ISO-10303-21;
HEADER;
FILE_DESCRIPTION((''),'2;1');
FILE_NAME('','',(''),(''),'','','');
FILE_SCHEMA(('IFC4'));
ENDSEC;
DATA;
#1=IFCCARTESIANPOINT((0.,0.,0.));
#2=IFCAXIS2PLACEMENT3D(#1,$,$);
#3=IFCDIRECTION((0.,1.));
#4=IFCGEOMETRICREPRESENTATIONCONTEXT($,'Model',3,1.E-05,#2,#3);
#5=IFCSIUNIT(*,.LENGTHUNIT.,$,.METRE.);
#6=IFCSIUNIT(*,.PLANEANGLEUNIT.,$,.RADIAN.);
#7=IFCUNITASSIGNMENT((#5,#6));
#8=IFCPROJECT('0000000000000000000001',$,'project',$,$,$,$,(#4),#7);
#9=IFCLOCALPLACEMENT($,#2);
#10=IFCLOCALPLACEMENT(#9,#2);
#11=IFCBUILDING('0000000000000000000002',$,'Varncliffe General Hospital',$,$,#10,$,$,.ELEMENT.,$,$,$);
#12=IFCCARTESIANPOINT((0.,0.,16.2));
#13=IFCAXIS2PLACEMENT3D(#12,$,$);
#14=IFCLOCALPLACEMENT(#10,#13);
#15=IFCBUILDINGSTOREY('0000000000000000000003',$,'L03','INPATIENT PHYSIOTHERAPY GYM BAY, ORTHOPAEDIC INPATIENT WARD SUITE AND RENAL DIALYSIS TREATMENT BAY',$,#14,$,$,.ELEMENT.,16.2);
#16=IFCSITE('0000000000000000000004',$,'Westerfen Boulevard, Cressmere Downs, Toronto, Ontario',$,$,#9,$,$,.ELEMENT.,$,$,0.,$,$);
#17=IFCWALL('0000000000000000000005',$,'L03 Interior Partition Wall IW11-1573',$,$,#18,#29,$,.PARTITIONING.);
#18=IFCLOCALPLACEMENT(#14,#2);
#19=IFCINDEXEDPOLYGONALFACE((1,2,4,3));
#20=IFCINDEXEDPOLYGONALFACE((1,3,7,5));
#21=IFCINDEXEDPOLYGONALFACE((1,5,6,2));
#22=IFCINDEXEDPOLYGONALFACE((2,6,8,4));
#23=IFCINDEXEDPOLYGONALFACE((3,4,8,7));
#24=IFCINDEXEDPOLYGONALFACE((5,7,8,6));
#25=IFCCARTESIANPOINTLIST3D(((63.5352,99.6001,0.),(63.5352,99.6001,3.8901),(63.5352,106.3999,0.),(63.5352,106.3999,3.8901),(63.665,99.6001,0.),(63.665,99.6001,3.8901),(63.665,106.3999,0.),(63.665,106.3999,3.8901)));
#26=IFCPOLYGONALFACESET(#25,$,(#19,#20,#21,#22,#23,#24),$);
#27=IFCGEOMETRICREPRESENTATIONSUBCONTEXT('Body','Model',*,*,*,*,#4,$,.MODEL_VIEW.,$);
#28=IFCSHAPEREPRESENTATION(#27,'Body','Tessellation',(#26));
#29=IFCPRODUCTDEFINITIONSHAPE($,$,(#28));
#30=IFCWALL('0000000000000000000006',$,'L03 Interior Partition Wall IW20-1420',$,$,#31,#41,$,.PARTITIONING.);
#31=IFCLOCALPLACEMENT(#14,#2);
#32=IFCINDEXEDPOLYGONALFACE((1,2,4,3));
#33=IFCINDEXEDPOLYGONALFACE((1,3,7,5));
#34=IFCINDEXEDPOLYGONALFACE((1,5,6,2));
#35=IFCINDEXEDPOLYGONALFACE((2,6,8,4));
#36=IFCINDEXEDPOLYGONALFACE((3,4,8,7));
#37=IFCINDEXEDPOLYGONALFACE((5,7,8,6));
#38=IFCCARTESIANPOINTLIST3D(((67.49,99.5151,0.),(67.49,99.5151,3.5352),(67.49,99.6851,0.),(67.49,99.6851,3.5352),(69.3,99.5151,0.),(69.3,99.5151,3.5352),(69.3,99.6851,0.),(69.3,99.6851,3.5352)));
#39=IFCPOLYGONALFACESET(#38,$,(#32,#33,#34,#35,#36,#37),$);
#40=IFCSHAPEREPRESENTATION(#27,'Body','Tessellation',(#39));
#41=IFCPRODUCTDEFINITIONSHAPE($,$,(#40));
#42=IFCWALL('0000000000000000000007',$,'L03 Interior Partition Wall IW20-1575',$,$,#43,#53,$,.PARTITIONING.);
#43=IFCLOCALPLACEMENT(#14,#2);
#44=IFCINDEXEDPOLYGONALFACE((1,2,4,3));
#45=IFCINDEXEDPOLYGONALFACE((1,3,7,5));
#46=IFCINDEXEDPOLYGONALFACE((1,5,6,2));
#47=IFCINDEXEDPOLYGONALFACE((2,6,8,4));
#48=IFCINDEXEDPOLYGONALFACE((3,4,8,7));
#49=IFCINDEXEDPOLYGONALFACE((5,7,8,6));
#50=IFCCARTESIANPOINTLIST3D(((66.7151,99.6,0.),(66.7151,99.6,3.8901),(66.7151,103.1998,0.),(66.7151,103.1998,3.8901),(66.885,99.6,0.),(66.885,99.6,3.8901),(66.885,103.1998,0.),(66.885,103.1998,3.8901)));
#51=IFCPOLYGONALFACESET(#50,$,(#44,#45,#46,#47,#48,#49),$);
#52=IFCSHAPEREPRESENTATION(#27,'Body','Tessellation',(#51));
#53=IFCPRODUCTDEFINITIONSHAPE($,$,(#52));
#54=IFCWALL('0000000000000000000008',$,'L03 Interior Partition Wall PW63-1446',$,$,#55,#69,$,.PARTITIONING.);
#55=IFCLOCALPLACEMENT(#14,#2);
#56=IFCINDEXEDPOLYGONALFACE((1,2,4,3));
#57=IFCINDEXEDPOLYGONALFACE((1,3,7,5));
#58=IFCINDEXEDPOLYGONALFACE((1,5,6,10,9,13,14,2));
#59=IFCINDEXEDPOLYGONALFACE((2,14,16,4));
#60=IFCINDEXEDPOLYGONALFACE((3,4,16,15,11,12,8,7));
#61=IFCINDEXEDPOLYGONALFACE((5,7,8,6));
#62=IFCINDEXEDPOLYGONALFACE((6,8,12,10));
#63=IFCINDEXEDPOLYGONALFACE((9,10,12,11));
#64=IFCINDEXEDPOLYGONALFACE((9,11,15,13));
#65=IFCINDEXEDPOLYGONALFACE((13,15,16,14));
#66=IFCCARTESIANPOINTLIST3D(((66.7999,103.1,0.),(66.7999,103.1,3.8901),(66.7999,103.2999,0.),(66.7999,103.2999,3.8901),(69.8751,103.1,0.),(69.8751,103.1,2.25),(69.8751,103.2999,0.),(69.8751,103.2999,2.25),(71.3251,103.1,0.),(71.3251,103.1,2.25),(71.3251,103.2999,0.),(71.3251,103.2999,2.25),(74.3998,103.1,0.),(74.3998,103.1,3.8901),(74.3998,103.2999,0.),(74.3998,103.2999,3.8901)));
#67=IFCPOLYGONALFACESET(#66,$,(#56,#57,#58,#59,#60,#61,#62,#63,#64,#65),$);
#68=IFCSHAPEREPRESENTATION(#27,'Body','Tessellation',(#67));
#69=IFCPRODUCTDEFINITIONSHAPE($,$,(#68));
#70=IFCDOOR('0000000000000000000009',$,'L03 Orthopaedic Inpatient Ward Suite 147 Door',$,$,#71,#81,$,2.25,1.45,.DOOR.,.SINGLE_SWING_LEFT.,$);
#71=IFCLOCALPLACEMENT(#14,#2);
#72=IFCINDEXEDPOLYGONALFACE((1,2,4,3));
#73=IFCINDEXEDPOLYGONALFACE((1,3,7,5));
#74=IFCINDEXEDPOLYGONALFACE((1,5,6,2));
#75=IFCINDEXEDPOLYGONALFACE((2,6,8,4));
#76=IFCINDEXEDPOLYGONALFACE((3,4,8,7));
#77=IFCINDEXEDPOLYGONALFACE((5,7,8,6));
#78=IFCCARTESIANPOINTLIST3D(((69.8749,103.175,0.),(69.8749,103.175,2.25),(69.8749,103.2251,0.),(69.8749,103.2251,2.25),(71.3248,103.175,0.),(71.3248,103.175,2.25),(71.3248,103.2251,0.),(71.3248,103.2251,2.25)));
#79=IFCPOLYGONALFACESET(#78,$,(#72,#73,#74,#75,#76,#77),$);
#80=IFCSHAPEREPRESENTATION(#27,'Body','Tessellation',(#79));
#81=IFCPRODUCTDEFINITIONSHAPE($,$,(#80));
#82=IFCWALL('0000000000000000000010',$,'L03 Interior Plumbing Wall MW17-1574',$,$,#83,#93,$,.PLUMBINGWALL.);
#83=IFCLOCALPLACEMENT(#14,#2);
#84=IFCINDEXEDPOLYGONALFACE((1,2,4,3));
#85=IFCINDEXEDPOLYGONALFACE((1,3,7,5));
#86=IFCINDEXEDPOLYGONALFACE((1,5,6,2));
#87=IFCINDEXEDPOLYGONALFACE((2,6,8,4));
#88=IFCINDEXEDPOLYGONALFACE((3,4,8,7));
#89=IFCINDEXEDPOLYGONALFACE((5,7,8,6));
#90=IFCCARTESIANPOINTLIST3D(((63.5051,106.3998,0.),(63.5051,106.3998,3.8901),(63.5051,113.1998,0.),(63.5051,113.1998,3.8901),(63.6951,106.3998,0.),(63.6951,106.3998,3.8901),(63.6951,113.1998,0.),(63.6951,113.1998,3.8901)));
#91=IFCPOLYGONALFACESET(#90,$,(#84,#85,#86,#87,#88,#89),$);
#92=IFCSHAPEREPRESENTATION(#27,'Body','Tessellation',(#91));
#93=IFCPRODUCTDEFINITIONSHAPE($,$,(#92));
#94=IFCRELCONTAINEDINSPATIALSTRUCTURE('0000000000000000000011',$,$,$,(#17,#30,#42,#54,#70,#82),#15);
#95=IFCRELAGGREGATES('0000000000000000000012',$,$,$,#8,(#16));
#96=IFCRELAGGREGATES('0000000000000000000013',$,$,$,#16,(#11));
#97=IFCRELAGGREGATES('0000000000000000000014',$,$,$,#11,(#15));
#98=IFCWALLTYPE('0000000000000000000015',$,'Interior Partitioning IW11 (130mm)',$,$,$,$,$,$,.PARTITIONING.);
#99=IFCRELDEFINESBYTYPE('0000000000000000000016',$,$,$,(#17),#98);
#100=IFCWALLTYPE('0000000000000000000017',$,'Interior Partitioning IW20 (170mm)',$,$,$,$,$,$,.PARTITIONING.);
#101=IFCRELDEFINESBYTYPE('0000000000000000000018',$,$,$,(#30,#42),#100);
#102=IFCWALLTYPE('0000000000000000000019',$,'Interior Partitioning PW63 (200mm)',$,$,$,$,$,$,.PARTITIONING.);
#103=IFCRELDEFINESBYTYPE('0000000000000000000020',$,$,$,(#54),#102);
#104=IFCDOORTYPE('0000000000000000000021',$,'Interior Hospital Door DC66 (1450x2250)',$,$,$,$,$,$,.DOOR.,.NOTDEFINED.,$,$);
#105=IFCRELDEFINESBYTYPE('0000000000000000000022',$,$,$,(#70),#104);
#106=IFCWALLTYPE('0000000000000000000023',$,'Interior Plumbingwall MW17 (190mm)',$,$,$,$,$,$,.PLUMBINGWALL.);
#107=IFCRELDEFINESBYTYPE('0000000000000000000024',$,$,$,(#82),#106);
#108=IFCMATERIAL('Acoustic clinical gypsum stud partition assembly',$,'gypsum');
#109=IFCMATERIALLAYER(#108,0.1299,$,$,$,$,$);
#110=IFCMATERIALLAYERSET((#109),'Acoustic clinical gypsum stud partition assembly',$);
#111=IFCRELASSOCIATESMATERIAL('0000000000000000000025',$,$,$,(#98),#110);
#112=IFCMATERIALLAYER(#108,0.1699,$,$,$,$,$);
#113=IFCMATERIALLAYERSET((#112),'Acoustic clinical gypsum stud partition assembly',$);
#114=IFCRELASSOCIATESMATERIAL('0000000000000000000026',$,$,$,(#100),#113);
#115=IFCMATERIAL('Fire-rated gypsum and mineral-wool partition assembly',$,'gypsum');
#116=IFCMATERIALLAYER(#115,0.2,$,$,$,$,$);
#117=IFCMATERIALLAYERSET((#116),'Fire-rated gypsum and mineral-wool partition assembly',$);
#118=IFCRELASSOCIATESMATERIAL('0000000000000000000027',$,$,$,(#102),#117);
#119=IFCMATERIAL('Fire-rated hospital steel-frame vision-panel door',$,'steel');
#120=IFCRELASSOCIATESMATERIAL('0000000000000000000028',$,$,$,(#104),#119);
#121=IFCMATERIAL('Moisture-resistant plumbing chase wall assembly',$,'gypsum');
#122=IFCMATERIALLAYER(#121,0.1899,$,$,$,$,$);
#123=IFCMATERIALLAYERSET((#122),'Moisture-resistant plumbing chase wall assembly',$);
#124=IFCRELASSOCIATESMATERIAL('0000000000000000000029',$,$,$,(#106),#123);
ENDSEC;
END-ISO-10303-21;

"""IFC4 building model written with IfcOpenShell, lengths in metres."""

from ifc_helpers import new_model, si_unit, direction, frame, frame_2d, origin, place, context, subcontext, project, spatial, rectangle, extrude, material, layer, layer_set, type_object, element, fill, save


model = new_model("IFC4")

# Units and contexts
model_context = context("Model", 3, precision=1e-05, world=origin(), true_north=direction((0.0, 1.0)))
body_context = subcontext(model_context, "Body", "Model", "MODEL_VIEW")
ifc_project = project(units=[si_unit("LENGTHUNIT", "METRE"), si_unit("PLANEANGLEUNIT", "RADIAN")], contexts=[model_context])

# Site, building, storey
site_placement = place(None, origin())
site = spatial("IfcSite", under=ifc_project, at=site_placement, Name="Westerfen Boulevard, Cressmere Downs, Toronto, Ontario", CompositionType="ELEMENT", RefElevation=0.0)
building_placement = place(site_placement, origin())
building = spatial("IfcBuilding", under=site, at=building_placement, Name="Varncliffe General Hospital", CompositionType="ELEMENT")
storey_placement = place(building_placement, frame((0.0, 0.0, 16.2)))
storey = spatial("IfcBuildingStorey", under=building, at=storey_placement, Name="L03", Description="INPATIENT PHYSIOTHERAPY GYM BAY, ORTHOPAEDIC INPATIENT WARD SUITE AND RENAL DIALYSIS TREATMENT BAY", CompositionType="ELEMENT", Elevation=16.2)

# Walls
ifc_material_1 = material(Name="Acoustic clinical gypsum stud partition assembly", Category="gypsum")
ifc_layer_1 = layer(ifc_material_1, 0.1299)
ifc_layer_set_1 = layer_set([ifc_layer_1], Name="Acoustic clinical gypsum stud partition assembly")
wall_type_1 = type_object("IfcWallType", Name="Interior Partitioning IW11 (130mm)", PredefinedType="PARTITIONING", material=ifc_layer_set_1)
wall_1_placement = place(storey_placement, frame((63.6001, 99.6001, 0.0), z_axis=(0.0, 0.0, 1.0), x_axis=(0.0, 1.0, 0.0)))
element("IfcWall", 1, at=wall_1_placement, inside=storey, type_object=wall_type_1, Name="L03 Interior Partition Wall IW11-1573", PredefinedType="PARTITIONING", context=body_context, shape_type="SweptSolid", body=[
    extrude(rectangle(XDim=6.7998, YDim=0.1299, at=frame_2d((3.3999, 0.0))), origin(), (0.0, 0.0, 1.0), 3.8901),
])
ifc_layer_2 = layer(ifc_material_1, 0.1699)
ifc_layer_set_2 = layer_set([ifc_layer_2], Name="Acoustic clinical gypsum stud partition assembly")
wall_type_2 = type_object("IfcWallType", Name="Interior Partitioning IW20 (170mm)", PredefinedType="PARTITIONING", material=ifc_layer_set_2)
wall_2_placement = place(storey_placement, frame((67.49, 99.6001, 0.0), z_axis=(0.0, 0.0, 1.0), x_axis=(1.0, 0.0, 0.0)))
element("IfcWall", 2, at=wall_2_placement, inside=storey, type_object=wall_type_2, Name="L03 Interior Partition Wall IW20-1420", PredefinedType="PARTITIONING", context=body_context, shape_type="SweptSolid", body=[
    extrude(rectangle(XDim=1.8101, YDim=0.1699, at=frame_2d((0.905, 0.0))), origin(), (0.0, 0.0, 1.0), 3.5352),
])
wall_3_placement = place(storey_placement, frame((66.8, 99.6001, 0.0), z_axis=(0.0, 0.0, 1.0), x_axis=(0.0, 1.0, 0.0)))
element("IfcWall", 3, at=wall_3_placement, inside=storey, type_object=wall_type_2, Name="L03 Interior Partition Wall IW20-1575", PredefinedType="PARTITIONING", context=body_context, shape_type="SweptSolid", body=[
    extrude(rectangle(XDim=3.5999, YDim=0.1699, at=frame_2d((1.7998, 0.0))), origin(), (0.0, 0.0, 1.0), 3.8901),
])

# Wall, opening, door
ifc_material_2 = material(Name="Fire-rated gypsum and mineral-wool partition assembly", Category="gypsum")
ifc_layer_3 = layer(ifc_material_2, 0.2)
ifc_layer_set_3 = layer_set([ifc_layer_3], Name="Fire-rated gypsum and mineral-wool partition assembly")
wall_type_3 = type_object("IfcWallType", Name="Interior Partitioning PW63 (200mm)", PredefinedType="PARTITIONING", material=ifc_layer_set_3)
wall_4_placement = place(storey_placement, frame((66.8, 103.2, 0.0), z_axis=(0.0, 0.0, 1.0), x_axis=(1.0, 0.0, 0.0)))
wall_4 = element("IfcWall", 4, at=wall_4_placement, inside=storey, type_object=wall_type_3, Name="L03 Interior Partition Wall PW63-1446", PredefinedType="PARTITIONING", context=body_context, shape_type="SweptSolid", body=[
    extrude(rectangle(XDim=7.5999, YDim=0.2, at=frame_2d((3.7998, 0.0))), origin(), (0.0, 0.0, 1.0), 3.8901),
])
opening_placement = place(wall_4_placement, frame((3.075, 0.0, 0.0)))
opening = element("IfcOpeningElement", 5, at=opening_placement, cuts=wall_4, PredefinedType="OPENING", context=body_context, shape_type="SweptSolid", body=[
    extrude(rectangle(XDim=1.45, YDim=2.25, at=frame_2d((0.7251, 1.125))), frame((0.0, 0.1099, 0.0), z_axis=(0.0, -1.0, 0.0), x_axis=(1.0, 0.0, 0.0)), (0.0, 0.0, 1.0), 0.22),
])
ifc_material_3 = material(Name="Fire-rated hospital steel-frame vision-panel door", Category="steel")
door_type = type_object("IfcDoorType", Name="Interior Hospital Door DC66 (1450x2250)", OperationType="NOTDEFINED", PredefinedType="DOOR", material=ifc_material_3)
door_placement = place(opening_placement, frame((1.45, 0.0, 0.0), z_axis=(0.0, 0.0, 1.0), x_axis=(-1.0, 0.0, 0.0)))
door = element("IfcDoor", 6, at=door_placement, inside=storey, type_object=door_type, Name="L03 Orthopaedic Inpatient Ward Suite 147 Door", OperationType="SINGLE_SWING_LEFT", OverallHeight=2.25, OverallWidth=1.45, PredefinedType="DOOR", context=body_context, shape_type="SweptSolid", body=[
    extrude(rectangle(XDim=1.45, YDim=2.25, at=frame_2d((0.7251, 1.125))), frame((0.0, 0.0249, 0.0), z_axis=(0.0, -1.0, 0.0), x_axis=(1.0, 0.0, 0.0)), (0.0, 0.0, 1.0), 0.05),
])
fill(opening, door)

# Wall
ifc_material_4 = material(Name="Moisture-resistant plumbing chase wall assembly", Category="gypsum")
ifc_layer_4 = layer(ifc_material_4, 0.1899)
ifc_layer_set_4 = layer_set([ifc_layer_4], Name="Moisture-resistant plumbing chase wall assembly")
wall_type_4 = type_object("IfcWallType", Name="Interior Plumbingwall MW17 (190mm)", PredefinedType="PLUMBINGWALL", material=ifc_layer_set_4)
wall_5_placement = place(storey_placement, frame((63.6001, 106.3999, 0.0), z_axis=(0.0, 0.0, 1.0), x_axis=(0.0, 1.0, 0.0)))
element("IfcWall", 7, at=wall_5_placement, inside=storey, type_object=wall_type_4, Name="L03 Interior Plumbing Wall MW17-1574", PredefinedType="PLUMBINGWALL", context=body_context, shape_type="SweptSolid", body=[
    extrude(rectangle(XDim=6.8, YDim=0.1899, at=frame_2d((3.3999, 0.0))), origin(), (0.0, 0.0, 1.0), 3.8901),
])

save(model, "model.ifc")
